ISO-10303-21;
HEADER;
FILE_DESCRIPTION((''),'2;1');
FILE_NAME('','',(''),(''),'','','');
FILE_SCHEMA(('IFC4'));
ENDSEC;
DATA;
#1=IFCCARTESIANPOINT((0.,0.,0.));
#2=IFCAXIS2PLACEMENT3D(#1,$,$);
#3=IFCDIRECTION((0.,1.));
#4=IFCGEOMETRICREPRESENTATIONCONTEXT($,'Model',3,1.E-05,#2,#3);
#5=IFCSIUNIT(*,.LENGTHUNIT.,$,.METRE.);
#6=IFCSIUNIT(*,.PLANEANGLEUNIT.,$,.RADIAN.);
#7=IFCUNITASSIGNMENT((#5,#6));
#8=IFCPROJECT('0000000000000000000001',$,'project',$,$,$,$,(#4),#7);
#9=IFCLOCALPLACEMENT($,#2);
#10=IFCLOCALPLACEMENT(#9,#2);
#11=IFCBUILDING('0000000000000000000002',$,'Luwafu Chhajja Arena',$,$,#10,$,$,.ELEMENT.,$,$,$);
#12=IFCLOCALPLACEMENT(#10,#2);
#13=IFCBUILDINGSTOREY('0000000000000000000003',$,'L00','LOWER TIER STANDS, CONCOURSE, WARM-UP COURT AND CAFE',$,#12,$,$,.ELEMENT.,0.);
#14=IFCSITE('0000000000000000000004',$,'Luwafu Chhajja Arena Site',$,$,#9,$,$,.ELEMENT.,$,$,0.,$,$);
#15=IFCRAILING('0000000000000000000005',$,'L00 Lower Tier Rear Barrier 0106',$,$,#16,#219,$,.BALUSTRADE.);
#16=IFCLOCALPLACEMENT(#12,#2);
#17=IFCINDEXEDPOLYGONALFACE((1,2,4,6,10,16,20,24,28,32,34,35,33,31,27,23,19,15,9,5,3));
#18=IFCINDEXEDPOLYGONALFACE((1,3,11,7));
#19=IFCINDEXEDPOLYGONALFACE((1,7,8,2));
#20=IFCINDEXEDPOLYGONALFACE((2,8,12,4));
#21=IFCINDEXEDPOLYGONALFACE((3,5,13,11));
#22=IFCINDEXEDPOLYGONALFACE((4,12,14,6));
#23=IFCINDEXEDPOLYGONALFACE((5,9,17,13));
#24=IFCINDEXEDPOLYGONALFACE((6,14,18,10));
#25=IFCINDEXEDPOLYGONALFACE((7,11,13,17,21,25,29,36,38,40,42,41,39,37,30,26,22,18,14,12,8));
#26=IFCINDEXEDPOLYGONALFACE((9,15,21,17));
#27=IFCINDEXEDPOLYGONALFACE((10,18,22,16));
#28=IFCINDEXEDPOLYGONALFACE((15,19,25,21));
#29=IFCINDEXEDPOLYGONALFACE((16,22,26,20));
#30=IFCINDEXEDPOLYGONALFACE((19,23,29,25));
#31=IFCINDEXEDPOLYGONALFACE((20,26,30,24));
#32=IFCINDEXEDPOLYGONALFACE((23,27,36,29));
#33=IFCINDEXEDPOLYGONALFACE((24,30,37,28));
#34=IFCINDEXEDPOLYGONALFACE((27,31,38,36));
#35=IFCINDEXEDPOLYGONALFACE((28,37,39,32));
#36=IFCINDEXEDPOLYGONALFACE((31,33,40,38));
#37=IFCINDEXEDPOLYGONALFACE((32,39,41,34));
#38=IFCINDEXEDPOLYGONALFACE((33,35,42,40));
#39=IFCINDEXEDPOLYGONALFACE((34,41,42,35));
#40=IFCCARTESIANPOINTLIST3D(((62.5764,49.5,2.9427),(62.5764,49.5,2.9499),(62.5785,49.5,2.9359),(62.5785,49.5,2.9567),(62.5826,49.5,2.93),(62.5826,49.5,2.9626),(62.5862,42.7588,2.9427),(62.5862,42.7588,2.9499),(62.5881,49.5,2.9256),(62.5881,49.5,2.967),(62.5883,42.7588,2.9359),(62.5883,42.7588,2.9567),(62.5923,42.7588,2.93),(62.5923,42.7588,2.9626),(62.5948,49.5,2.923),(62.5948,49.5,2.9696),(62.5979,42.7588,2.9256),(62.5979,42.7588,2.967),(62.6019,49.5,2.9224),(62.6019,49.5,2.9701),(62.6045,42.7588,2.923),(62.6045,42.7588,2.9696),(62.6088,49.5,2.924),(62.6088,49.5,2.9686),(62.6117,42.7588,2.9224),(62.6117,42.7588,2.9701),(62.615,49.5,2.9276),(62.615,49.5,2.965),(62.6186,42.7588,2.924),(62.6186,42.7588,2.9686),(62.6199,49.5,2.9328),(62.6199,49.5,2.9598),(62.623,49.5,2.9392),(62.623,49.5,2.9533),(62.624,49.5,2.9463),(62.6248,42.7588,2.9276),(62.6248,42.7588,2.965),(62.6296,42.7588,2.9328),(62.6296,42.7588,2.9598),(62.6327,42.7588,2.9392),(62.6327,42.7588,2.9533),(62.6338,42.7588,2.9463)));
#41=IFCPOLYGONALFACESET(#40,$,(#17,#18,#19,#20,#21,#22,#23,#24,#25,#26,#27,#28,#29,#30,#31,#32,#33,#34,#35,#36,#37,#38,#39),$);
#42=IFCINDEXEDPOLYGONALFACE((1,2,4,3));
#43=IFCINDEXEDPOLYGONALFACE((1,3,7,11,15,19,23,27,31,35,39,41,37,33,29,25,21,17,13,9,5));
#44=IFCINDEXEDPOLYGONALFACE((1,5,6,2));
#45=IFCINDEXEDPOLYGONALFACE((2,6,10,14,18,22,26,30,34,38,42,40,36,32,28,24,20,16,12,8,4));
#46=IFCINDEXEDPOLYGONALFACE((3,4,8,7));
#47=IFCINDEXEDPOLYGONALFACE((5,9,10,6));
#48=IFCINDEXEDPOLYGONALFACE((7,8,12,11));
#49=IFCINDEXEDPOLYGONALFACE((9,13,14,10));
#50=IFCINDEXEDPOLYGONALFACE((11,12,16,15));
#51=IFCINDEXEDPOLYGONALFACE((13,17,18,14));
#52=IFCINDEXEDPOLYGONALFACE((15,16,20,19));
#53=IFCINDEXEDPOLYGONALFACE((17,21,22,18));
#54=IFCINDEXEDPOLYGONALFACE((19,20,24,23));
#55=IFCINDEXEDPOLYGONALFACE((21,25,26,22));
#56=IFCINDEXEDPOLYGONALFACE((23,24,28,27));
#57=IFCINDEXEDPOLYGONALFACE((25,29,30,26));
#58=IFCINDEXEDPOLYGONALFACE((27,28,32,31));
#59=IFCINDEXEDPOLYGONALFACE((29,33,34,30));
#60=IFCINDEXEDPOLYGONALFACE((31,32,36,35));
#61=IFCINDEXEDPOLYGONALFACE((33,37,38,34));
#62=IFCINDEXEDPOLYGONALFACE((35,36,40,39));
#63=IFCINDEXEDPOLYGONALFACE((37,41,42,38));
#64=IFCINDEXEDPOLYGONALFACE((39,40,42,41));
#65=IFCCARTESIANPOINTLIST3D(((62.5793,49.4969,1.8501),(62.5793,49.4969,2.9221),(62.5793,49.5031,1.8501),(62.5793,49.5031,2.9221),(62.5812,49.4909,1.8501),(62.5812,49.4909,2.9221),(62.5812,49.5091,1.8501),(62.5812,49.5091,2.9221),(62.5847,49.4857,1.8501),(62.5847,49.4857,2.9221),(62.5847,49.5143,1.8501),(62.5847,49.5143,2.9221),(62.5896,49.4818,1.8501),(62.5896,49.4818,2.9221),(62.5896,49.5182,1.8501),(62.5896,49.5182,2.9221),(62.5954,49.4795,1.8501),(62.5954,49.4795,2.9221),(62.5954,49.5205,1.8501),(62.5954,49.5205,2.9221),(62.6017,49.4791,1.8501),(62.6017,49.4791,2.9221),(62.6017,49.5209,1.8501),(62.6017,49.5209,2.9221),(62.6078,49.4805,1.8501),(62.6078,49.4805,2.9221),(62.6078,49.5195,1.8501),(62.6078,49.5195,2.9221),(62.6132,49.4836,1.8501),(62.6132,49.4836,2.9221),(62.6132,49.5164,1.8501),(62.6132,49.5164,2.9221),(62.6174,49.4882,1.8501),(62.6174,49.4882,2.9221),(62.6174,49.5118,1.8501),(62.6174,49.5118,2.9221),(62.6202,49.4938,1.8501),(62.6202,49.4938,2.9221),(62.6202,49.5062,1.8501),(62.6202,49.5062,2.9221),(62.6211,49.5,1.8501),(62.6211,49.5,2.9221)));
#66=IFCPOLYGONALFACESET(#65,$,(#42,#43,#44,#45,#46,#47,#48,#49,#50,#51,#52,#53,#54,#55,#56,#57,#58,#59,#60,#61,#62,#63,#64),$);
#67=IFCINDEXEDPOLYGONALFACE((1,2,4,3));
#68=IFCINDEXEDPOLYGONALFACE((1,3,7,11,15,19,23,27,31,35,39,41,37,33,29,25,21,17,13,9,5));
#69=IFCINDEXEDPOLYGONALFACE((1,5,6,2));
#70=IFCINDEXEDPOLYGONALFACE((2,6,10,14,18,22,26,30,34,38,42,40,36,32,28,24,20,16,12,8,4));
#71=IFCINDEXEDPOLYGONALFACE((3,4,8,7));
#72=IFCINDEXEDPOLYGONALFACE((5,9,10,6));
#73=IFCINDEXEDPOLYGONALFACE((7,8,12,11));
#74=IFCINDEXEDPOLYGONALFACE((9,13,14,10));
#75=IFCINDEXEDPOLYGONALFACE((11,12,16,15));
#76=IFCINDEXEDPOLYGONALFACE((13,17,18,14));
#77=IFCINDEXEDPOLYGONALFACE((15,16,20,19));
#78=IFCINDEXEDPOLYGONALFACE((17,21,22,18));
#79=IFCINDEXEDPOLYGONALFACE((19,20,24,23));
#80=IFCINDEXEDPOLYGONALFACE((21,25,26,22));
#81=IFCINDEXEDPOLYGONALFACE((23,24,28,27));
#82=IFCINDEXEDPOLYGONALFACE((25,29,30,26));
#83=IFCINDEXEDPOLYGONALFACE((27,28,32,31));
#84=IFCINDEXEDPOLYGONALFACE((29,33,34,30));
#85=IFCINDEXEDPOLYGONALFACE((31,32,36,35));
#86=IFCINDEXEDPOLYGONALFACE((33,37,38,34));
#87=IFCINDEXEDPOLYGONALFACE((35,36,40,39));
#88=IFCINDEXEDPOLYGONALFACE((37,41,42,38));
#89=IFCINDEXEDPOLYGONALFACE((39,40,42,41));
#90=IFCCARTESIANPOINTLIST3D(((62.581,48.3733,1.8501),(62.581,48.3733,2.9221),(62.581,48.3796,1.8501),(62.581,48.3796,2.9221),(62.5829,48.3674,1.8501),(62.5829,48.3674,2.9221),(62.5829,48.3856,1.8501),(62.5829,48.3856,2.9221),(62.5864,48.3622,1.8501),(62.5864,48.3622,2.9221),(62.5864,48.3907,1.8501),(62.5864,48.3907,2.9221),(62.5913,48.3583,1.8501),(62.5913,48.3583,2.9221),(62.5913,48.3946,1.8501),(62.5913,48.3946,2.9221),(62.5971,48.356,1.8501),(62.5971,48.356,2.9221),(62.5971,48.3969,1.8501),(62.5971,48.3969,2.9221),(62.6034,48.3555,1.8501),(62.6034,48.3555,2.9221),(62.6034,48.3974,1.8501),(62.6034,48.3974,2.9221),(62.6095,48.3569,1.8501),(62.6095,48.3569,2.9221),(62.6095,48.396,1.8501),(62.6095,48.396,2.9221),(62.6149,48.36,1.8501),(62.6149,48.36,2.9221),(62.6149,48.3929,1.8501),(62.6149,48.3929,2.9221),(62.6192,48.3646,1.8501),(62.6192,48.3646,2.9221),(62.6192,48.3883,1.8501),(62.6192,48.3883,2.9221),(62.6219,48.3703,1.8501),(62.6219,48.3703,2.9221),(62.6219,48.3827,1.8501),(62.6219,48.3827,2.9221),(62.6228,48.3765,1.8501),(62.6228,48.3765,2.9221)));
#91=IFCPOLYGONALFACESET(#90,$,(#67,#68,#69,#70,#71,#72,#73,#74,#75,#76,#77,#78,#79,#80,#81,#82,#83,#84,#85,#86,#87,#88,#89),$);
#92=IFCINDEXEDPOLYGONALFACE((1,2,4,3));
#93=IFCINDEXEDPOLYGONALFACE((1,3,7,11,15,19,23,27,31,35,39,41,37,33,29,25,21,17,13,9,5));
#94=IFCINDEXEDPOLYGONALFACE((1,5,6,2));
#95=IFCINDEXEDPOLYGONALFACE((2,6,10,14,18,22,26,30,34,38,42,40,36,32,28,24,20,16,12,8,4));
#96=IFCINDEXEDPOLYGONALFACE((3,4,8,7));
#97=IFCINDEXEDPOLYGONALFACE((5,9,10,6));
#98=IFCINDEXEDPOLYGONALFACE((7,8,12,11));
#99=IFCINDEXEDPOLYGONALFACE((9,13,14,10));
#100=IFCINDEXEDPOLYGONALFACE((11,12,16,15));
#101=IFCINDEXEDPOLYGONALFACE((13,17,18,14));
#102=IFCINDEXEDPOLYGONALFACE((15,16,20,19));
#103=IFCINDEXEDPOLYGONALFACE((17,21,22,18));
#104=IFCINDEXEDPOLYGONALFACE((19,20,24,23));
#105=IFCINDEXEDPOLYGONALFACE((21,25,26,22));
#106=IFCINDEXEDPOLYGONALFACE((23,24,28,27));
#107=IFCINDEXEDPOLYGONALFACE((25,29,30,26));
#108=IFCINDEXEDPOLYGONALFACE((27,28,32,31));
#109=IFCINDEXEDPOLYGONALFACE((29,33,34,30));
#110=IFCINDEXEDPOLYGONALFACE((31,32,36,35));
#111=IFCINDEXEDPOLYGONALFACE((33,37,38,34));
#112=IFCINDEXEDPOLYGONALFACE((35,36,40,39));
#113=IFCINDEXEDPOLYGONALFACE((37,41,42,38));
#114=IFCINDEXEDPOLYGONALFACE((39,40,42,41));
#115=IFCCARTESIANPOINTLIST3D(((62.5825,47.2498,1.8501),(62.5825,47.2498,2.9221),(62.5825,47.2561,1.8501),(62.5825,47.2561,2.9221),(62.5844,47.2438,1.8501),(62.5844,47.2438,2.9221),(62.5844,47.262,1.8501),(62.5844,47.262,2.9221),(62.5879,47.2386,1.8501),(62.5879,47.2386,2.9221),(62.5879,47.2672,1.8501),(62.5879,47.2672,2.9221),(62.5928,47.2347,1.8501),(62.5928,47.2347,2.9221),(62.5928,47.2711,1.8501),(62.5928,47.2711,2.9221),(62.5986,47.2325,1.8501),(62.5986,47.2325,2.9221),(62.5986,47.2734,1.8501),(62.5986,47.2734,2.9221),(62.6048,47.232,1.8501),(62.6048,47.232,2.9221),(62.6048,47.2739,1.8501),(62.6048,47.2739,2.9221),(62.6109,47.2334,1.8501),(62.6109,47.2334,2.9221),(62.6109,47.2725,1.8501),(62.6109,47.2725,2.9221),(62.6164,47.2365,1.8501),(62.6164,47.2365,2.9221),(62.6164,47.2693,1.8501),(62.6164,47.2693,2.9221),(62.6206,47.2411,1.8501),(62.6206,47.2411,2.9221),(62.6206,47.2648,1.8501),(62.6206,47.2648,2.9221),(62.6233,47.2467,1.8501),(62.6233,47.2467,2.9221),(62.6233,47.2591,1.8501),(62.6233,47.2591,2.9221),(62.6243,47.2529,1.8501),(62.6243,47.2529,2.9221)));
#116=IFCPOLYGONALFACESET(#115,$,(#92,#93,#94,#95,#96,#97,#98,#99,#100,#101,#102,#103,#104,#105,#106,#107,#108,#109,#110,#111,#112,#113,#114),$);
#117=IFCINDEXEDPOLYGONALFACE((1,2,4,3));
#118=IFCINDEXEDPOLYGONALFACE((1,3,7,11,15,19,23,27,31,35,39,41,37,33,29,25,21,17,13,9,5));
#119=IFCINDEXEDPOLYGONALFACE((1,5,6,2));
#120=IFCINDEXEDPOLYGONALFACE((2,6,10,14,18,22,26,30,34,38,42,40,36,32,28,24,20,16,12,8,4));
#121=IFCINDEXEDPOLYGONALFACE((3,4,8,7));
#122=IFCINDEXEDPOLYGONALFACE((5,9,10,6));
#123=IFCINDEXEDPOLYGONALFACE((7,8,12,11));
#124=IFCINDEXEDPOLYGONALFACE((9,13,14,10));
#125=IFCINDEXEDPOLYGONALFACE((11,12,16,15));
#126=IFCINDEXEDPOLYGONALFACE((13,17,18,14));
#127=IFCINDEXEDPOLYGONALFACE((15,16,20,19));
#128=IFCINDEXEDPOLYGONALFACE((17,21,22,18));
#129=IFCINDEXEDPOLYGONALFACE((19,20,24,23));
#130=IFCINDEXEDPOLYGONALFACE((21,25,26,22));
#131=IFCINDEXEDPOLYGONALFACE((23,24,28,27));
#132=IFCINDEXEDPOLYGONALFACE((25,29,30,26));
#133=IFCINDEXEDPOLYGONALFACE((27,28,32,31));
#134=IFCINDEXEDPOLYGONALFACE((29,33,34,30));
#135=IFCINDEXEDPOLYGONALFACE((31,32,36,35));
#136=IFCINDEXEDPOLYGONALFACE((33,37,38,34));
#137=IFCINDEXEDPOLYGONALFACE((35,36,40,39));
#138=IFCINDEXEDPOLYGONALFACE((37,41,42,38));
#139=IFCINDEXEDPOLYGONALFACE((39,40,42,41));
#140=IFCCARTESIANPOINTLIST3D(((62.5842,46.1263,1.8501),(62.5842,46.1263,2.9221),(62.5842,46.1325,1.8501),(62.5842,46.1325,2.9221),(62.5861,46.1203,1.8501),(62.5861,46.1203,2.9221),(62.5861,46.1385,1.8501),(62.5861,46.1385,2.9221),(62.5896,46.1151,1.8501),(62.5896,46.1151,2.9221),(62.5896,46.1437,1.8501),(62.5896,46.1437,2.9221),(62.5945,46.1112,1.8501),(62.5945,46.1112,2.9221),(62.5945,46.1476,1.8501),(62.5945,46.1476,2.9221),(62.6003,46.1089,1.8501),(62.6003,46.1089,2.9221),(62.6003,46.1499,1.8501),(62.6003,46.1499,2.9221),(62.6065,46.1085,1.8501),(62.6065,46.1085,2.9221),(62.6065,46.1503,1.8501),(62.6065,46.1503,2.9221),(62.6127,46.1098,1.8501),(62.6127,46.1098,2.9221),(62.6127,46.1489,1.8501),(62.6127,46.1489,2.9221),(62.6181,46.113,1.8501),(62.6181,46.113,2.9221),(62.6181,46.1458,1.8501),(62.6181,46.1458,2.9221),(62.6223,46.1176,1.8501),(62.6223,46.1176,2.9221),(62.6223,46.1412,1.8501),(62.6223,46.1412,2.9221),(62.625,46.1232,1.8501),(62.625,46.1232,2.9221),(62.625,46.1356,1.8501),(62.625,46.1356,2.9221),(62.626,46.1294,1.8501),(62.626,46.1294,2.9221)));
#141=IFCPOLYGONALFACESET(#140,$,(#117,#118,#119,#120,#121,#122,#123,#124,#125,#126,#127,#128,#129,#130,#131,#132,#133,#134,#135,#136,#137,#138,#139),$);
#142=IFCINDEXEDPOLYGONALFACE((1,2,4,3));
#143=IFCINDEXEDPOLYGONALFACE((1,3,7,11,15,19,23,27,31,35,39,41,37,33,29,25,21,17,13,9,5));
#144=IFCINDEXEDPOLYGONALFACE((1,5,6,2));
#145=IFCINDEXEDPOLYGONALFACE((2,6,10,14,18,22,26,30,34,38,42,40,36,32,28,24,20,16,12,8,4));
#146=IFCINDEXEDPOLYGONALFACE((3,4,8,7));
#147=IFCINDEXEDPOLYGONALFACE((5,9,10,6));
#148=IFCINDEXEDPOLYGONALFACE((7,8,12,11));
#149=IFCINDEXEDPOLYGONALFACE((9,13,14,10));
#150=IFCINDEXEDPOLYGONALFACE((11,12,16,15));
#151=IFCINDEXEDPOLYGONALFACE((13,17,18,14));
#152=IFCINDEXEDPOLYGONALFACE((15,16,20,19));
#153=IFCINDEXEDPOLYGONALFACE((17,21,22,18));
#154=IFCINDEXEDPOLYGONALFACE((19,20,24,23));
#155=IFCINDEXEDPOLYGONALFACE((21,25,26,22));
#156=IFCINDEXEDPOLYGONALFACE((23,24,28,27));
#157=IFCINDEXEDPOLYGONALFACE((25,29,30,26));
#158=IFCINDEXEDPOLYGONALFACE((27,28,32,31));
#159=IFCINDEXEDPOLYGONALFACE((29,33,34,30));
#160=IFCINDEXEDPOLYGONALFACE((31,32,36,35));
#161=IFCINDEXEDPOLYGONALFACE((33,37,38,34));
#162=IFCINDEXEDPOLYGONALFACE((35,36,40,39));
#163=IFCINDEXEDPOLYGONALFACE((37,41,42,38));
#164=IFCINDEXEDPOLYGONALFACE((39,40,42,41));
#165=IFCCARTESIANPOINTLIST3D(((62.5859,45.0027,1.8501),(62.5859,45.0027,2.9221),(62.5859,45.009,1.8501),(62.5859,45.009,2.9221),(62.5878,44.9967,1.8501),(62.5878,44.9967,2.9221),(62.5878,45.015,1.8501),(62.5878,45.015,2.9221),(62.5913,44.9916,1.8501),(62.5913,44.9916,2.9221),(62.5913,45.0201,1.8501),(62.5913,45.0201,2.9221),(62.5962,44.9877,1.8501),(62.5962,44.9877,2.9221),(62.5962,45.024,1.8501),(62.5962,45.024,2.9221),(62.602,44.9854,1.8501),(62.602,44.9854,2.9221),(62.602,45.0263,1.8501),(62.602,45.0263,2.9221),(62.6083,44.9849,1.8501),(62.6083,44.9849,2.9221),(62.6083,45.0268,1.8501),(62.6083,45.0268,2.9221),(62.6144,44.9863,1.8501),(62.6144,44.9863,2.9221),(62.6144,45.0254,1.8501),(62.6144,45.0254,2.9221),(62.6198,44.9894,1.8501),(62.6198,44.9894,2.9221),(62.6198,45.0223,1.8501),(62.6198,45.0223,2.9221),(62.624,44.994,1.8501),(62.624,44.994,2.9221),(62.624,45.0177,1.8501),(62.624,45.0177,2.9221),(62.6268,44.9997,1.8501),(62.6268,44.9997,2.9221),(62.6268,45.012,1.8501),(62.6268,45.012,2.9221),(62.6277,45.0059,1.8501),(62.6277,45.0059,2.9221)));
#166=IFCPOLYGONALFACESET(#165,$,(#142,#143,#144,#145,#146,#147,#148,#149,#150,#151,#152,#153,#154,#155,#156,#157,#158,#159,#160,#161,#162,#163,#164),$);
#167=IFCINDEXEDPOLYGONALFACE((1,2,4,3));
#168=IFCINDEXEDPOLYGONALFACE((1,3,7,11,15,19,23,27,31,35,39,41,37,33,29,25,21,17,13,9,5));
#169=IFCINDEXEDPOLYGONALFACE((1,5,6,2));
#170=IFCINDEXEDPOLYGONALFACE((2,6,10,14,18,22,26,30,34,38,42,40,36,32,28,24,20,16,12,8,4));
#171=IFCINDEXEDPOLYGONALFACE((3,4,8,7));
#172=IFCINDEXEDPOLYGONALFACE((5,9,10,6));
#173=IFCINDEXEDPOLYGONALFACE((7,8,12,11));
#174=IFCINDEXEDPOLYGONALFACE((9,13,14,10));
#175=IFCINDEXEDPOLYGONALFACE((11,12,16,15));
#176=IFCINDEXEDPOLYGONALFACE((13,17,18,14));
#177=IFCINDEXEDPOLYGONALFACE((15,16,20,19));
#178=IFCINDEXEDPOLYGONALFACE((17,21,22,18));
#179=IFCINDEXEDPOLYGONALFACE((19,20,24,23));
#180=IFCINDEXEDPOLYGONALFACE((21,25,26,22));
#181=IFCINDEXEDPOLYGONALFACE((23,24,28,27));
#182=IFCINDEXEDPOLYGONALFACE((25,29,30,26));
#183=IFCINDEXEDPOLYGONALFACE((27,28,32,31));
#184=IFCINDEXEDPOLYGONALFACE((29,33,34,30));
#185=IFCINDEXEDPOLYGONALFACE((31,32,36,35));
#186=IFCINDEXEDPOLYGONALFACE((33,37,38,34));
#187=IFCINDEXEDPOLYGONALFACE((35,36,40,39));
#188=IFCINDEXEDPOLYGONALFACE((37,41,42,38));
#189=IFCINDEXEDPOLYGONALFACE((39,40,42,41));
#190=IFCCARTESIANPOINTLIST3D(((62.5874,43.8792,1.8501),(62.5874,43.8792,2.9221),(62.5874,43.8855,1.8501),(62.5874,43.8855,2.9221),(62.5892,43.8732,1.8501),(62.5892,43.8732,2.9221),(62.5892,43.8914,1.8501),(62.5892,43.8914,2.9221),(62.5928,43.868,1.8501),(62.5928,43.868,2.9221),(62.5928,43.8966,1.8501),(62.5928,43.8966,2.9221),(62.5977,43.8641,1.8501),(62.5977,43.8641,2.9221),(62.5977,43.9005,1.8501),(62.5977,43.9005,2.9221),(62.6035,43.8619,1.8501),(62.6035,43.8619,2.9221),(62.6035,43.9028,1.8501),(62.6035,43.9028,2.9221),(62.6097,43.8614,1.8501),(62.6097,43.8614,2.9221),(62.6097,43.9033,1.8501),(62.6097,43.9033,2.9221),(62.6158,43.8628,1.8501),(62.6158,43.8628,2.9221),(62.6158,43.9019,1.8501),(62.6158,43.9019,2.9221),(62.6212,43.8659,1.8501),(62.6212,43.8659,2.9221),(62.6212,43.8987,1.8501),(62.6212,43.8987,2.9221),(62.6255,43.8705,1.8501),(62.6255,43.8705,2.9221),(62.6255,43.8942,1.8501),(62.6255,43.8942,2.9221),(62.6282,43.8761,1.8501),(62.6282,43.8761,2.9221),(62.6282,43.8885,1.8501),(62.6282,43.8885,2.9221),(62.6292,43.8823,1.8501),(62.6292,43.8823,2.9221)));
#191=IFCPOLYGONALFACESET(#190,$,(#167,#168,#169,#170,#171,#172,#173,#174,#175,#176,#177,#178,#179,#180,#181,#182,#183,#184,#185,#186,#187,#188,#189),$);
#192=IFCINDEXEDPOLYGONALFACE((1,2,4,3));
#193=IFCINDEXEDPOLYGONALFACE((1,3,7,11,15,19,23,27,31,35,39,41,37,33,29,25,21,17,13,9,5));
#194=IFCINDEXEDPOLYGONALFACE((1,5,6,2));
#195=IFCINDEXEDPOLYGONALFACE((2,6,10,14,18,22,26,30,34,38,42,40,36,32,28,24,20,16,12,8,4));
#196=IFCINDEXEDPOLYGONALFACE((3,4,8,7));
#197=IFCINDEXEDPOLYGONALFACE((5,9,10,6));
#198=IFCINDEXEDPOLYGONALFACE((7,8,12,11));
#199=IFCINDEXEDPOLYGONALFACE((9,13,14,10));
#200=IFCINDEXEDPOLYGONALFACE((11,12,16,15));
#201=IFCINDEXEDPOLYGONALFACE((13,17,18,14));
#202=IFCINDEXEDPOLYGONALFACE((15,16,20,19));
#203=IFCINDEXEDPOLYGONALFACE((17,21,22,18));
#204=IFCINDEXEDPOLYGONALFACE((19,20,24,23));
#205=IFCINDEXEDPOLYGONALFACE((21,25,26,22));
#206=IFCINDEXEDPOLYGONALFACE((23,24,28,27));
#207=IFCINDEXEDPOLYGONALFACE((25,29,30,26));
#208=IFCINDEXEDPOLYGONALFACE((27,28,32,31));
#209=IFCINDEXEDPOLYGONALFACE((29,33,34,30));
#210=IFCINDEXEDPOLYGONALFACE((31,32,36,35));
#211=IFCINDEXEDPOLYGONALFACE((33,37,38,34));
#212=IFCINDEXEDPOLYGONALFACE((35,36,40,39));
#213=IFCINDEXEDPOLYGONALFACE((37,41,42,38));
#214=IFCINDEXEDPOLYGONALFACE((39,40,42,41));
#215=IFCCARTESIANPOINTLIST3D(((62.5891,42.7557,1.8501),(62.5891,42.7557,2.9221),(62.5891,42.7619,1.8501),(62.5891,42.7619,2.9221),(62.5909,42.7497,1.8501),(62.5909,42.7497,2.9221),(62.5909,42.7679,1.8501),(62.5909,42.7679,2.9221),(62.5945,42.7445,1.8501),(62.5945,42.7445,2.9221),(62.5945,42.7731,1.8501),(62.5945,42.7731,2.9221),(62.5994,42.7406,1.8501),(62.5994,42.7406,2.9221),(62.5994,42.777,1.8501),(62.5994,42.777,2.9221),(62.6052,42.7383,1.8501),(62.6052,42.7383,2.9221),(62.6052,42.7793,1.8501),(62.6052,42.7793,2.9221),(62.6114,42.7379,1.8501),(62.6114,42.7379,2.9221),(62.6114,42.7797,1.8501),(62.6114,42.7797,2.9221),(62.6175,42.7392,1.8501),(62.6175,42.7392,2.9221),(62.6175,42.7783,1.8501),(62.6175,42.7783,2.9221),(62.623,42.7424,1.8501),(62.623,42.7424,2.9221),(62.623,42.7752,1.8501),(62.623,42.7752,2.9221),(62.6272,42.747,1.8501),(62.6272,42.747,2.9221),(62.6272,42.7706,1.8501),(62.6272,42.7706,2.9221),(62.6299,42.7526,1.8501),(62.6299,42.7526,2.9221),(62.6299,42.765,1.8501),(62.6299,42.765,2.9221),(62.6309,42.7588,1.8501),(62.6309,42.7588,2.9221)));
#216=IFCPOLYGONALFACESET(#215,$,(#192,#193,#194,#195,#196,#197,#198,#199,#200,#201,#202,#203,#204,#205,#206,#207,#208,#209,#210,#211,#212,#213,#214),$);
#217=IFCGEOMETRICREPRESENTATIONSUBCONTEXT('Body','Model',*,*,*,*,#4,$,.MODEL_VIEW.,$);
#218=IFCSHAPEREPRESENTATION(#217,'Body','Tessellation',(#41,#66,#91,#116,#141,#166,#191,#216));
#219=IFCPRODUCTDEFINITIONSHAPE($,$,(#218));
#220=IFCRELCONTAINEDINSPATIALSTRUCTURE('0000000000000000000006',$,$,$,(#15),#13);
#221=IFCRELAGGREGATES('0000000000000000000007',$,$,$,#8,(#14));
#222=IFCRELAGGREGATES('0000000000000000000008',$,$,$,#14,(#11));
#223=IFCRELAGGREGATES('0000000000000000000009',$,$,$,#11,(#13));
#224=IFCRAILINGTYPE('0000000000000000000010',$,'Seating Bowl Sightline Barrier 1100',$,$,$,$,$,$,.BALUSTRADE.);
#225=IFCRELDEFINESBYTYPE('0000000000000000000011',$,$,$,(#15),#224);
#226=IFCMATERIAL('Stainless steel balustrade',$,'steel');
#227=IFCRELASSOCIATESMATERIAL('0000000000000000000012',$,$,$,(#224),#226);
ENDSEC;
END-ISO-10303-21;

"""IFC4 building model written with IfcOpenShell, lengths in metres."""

from ifc_helpers import new_model, si_unit, direction, frame, origin, origin_2d, place, context, subcontext, project, spatial, circle, extrude, material, type_object, element, save


model = new_model("IFC4")

# Units and contexts
model_context = context("Model", 3, precision=1e-05, world=origin(), true_north=direction((0.0, 1.0)))
body_context = subcontext(model_context, "Body", "Model", "MODEL_VIEW")
ifc_project = project(units=[si_unit("LENGTHUNIT", "METRE"), si_unit("PLANEANGLEUNIT", "RADIAN")], contexts=[model_context])

# Site, building, storey
site_placement = place(None, origin())
site = spatial("IfcSite", under=ifc_project, at=site_placement, Name="Luwafu Chhajja Arena Site", CompositionType="ELEMENT", RefElevation=0.0)
building_placement = place(site_placement, origin())
building = spatial("IfcBuilding", under=site, at=building_placement, Name="Luwafu Chhajja Arena", CompositionType="ELEMENT")
storey_placement = place(building_placement, origin())
storey = spatial("IfcBuildingStorey", under=building, at=storey_placement, Name="L00", Description="LOWER TIER STANDS, CONCOURSE, WARM-UP COURT AND CAFE", CompositionType="ELEMENT", Elevation=0.0)

# Railing
ifc_material_1 = material(Name="Stainless steel balustrade", Category="steel")
railing_type_1 = type_object("IfcRailingType", Name="Seating Bowl Sightline Barrier 1100", PredefinedType="BALUSTRADE", material=ifc_material_1)
railing_1_placement = place(storey_placement, frame((62.6001, 49.5, 1.8501)))
element("IfcRailing", 1, at=railing_1_placement, inside=storey, type_object=railing_type_1, Name="L00 Lower Tier Rear Barrier 0106", PredefinedType="BALUSTRADE", context=body_context, shape_type="SweptSolid", body=[
    extrude(circle(Radius=0.0239, at=origin_2d()), frame((0.0, 0.0, 1.0962), z_axis=(0.001449, -0.999999, 0.0), x_axis=(0.999999, 0.001449, 0.0)), (0.0, 0.0, 1.0), 6.7412),
    extrude(circle(Radius=0.021, at=origin_2d()), origin(), (0.0, 0.0, 1.0), 1.072),
    extrude(circle(Radius=0.021, at=origin_2d()), frame((0.0017, -1.1235, 0.0)), (0.0, 0.0, 1.0), 1.072),
    extrude(circle(Radius=0.021, at=origin_2d()), frame((0.0032, -2.2471, 0.0)), (0.0, 0.0, 1.0), 1.072),
    extrude(circle(Radius=0.021, at=origin_2d()), frame((0.0049, -3.3706, 0.0)), (0.0, 0.0, 1.0), 1.072),
    extrude(circle(Radius=0.021, at=origin_2d()), frame((0.0066, -4.4941, 0.0)), (0.0, 0.0, 1.0), 1.072),
    extrude(circle(Radius=0.021, at=origin_2d()), frame((0.0081, -5.6177, 0.0)), (0.0, 0.0, 1.0), 1.072),
    extrude(circle(Radius=0.021, at=origin_2d()), frame((0.0098, -6.7412, 0.0)), (0.0, 0.0, 1.0), 1.072),
])

save(model, "model.ifc")
